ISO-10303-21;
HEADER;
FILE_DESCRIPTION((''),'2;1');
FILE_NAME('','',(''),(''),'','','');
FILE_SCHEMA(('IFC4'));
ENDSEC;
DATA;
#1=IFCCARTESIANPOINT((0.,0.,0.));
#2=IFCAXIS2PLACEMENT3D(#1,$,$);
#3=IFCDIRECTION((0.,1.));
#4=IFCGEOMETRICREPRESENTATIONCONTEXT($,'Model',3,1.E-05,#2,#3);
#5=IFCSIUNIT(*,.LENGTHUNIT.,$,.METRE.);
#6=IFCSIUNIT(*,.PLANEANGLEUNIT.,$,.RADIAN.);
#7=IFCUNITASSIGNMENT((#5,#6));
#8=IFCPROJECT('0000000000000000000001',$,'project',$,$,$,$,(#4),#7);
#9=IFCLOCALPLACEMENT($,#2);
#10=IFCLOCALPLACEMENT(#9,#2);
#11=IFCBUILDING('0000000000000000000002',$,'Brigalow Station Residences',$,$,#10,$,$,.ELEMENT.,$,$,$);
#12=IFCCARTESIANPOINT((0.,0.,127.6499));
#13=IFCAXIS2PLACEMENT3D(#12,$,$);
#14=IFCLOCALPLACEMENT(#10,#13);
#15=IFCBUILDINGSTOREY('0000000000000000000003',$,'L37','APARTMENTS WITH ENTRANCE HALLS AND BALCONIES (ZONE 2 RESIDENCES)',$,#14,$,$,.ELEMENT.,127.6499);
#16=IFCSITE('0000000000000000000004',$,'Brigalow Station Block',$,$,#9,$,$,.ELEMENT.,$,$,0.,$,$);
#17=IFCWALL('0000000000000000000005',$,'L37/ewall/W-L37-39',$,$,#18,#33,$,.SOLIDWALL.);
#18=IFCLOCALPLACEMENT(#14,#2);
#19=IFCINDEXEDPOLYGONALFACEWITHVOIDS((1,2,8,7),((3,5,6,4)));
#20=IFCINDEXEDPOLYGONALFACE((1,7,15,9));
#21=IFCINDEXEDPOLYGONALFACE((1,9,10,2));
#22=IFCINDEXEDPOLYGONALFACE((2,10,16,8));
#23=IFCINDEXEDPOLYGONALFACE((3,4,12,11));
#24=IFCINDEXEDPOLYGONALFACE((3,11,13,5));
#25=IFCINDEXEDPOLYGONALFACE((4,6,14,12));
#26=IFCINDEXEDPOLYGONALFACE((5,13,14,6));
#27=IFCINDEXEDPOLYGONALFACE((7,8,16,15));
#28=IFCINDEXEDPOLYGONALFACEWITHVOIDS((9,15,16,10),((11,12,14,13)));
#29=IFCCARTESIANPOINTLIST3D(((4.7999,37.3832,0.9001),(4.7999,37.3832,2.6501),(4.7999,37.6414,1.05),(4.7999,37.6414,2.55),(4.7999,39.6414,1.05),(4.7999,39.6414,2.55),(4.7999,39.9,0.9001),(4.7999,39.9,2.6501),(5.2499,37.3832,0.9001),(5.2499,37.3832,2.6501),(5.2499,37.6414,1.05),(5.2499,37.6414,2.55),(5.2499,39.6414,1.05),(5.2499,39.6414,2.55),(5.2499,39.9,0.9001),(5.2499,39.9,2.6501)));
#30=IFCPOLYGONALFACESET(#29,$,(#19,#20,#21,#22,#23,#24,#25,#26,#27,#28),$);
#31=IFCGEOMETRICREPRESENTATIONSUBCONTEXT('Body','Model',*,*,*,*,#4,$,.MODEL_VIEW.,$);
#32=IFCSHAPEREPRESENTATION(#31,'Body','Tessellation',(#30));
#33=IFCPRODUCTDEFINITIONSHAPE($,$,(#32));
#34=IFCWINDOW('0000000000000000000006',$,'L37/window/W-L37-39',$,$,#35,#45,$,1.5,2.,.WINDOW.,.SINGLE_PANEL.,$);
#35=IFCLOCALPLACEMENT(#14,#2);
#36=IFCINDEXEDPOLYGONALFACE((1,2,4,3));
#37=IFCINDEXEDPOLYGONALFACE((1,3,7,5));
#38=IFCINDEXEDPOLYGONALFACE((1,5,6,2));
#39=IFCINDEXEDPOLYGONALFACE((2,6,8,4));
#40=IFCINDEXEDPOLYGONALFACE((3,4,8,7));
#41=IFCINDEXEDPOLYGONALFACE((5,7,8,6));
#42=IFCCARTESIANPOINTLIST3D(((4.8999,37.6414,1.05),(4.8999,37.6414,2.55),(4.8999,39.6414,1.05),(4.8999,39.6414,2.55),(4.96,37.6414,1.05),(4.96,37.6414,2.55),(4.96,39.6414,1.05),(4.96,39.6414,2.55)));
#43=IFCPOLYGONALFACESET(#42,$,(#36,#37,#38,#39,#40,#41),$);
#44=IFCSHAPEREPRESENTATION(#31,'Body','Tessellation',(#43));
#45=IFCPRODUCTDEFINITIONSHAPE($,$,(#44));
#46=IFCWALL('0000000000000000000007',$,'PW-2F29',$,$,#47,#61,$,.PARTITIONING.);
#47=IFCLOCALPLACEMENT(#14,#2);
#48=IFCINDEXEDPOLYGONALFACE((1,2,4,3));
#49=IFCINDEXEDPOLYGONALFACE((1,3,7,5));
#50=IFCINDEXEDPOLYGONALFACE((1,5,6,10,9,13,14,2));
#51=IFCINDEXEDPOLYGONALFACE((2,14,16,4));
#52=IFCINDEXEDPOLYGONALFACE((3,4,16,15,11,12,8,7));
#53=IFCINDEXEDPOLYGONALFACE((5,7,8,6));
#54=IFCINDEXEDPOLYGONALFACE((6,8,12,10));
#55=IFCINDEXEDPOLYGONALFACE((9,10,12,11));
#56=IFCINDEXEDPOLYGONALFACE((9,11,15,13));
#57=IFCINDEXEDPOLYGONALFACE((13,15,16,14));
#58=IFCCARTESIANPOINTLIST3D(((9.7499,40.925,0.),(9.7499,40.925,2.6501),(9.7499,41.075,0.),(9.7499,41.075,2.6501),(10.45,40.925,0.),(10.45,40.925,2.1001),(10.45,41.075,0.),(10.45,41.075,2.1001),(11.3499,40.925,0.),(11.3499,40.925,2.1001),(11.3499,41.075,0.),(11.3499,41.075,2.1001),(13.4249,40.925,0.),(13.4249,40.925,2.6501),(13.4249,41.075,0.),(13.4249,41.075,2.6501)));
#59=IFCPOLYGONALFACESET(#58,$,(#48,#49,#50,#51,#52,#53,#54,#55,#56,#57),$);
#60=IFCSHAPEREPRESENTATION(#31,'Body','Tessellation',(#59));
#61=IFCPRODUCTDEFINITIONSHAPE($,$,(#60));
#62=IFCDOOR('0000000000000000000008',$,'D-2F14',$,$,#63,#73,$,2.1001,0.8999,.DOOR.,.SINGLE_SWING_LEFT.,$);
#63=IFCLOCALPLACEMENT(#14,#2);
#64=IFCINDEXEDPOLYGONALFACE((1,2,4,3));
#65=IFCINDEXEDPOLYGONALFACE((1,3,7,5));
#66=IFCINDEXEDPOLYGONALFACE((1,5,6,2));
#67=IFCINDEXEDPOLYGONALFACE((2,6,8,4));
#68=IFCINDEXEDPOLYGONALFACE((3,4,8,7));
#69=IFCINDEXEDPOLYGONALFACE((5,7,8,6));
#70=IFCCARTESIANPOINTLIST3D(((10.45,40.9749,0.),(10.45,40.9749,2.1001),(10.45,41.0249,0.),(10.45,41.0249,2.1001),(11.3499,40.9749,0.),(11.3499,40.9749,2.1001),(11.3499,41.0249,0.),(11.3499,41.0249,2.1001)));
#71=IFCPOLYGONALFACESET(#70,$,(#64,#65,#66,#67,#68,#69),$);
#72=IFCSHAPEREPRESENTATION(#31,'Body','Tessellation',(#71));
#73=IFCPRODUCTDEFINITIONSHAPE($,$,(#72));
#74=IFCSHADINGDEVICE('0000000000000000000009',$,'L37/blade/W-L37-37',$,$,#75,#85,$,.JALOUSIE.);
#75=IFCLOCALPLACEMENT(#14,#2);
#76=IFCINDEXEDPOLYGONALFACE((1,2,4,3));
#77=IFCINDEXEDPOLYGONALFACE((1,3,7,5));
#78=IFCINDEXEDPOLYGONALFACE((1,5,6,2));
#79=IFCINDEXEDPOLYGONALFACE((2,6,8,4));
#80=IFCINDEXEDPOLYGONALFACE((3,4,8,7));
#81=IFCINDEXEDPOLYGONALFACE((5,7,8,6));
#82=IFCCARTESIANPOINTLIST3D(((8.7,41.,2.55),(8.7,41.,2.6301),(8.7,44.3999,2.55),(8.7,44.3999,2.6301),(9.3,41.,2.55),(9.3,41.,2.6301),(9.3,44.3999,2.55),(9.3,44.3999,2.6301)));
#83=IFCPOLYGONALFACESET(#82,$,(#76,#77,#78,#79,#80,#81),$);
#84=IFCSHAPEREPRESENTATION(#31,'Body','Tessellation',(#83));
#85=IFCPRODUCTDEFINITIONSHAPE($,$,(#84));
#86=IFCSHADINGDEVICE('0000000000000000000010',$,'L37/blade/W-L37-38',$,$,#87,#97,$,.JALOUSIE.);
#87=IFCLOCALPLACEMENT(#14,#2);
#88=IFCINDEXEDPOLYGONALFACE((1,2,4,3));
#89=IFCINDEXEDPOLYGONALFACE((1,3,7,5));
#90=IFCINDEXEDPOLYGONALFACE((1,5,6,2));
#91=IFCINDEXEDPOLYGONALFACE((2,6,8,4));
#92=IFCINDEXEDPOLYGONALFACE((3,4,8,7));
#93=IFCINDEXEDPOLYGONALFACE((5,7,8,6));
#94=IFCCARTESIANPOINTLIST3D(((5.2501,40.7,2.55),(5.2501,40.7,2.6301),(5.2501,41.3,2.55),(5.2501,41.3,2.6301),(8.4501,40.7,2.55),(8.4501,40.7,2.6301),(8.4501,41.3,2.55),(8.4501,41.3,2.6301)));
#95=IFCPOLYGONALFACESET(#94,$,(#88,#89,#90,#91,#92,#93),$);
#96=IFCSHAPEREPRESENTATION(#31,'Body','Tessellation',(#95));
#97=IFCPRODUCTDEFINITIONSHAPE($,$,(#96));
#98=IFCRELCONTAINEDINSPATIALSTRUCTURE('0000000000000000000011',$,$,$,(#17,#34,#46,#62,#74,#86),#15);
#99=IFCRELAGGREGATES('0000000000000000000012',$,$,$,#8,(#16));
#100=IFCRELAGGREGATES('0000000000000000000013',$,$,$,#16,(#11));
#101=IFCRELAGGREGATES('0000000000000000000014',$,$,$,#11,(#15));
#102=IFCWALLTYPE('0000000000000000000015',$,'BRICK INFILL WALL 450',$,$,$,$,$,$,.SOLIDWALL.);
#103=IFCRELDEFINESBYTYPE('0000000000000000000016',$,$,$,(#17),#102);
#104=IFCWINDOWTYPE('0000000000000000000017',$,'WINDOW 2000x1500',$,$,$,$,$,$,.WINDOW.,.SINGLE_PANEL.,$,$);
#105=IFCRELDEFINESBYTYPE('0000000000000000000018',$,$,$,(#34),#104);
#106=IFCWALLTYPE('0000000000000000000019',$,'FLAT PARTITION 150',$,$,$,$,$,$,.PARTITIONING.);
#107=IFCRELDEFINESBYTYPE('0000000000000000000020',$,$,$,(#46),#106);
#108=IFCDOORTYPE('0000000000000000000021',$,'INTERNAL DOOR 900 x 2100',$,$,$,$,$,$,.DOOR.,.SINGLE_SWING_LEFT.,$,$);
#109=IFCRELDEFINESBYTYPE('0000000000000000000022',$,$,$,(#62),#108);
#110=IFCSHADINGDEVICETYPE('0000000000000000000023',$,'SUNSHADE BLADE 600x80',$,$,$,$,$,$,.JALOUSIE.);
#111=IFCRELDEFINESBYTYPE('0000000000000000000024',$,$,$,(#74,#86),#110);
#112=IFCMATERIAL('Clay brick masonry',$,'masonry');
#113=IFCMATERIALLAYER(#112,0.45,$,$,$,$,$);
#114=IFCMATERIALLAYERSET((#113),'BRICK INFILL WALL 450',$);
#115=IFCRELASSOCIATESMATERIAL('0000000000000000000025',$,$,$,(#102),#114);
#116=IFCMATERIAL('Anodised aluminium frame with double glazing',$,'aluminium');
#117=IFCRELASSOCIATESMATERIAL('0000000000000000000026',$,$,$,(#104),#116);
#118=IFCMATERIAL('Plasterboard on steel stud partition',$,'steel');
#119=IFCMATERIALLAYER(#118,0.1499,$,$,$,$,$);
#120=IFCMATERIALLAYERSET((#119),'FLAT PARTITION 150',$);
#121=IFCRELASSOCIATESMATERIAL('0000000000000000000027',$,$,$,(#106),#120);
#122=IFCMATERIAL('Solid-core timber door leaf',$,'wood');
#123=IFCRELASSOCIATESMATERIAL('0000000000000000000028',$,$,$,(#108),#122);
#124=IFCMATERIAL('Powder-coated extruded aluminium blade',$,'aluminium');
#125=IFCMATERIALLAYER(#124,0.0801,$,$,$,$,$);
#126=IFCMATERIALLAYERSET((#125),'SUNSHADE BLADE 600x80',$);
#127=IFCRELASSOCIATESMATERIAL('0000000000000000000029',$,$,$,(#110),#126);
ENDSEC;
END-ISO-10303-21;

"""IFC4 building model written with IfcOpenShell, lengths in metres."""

from ifc_helpers import new_model, si_unit, direction, frame, frame_2d, origin, origin_2d, place, context, subcontext, project, spatial, rectangle, extrude, material, layer, layer_set, type_object, element, fill, save


model = new_model("IFC4")

# Units and contexts
model_context = context("Model", 3, precision=1e-05, world=origin(), true_north=direction((0.0, 1.0)))
body_context = subcontext(model_context, "Body", "Model", "MODEL_VIEW")
ifc_project = project(units=[si_unit("LENGTHUNIT", "METRE"), si_unit("PLANEANGLEUNIT", "RADIAN")], contexts=[model_context])

# Site, building, storey
site_placement = place(None, origin())
site = spatial("IfcSite", under=ifc_project, at=site_placement, Name="Brigalow Station Block", CompositionType="ELEMENT", RefElevation=0.0)
building_placement = place(site_placement, origin())
building = spatial("IfcBuilding", under=site, at=building_placement, Name="Brigalow Station Residences", CompositionType="ELEMENT")
storey_placement = place(building_placement, frame((0.0, 0.0, 127.6499)))
storey = spatial("IfcBuildingStorey", under=building, at=storey_placement, Name="L37", Description="APARTMENTS WITH ENTRANCE HALLS AND BALCONIES (ZONE 2 RESIDENCES)", CompositionType="ELEMENT", Elevation=127.6499)

# Shared definitions
ifc_material_1 = material(Name="Clay brick masonry", Category="masonry")
ifc_layer_1 = layer(ifc_material_1, 0.45)
ifc_layer_set_1 = layer_set([ifc_layer_1], Name="BRICK INFILL WALL 450")
wall_type_1 = type_object("IfcWallType", Name="BRICK INFILL WALL 450", PredefinedType="SOLIDWALL", material=ifc_layer_set_1)

# Wall, opening, window
wall_1_placement = place(storey_placement, frame((5.0249, 39.8999, 0.9001), z_axis=(0.0, 0.0, 1.0), x_axis=(0.0, -1.0, 0.0)))
wall_1 = element("IfcWall", 1, at=wall_1_placement, inside=storey, type_object=wall_type_1, Name="L37/ewall/W-L37-39", PredefinedType="SOLIDWALL", context=body_context, shape_type="SweptSolid", body=[
    extrude(rectangle(XDim=2.5168, YDim=0.45, at=frame_2d((1.2583, 0.0))), origin(), (0.0, 0.0, 1.0), 1.75),
])
opening_1_placement = place(wall_1_placement, frame((0.2585, 0.0, 0.1499)))
opening_1 = element("IfcOpeningElement", 2, at=opening_1_placement, cuts=wall_1, PredefinedType="OPENING", context=body_context, shape_type="SweptSolid", body=[
    extrude(rectangle(XDim=2.0, YDim=1.5, at=frame_2d((1.0, 0.75))), frame((0.0, 0.2349, 0.0), z_axis=(0.0, -1.0, 0.0), x_axis=(1.0, 0.0, 0.0)), (0.0, 0.0, 1.0), 0.47),
])
ifc_material_2 = material(Name="Anodised aluminium frame with double glazing", Category="aluminium")
window_type_1 = type_object("IfcWindowType", Name="WINDOW 2000x1500", PartitioningType="SINGLE_PANEL", PredefinedType="WINDOW", material=ifc_material_2)
window_1_placement = place(opening_1_placement, origin())
window_1 = element("IfcWindow", 3, at=window_1_placement, inside=storey, type_object=window_type_1, Name="L37/window/W-L37-39", OverallHeight=1.5, OverallWidth=2.0, PartitioningType="SINGLE_PANEL", PredefinedType="WINDOW", context=body_context, shape_type="SweptSolid", body=[
    extrude(rectangle(XDim=2.0, YDim=1.5, at=frame_2d((1.0, 0.75))), frame((0.0, -0.0649, 0.0), z_axis=(0.0, -1.0, 0.0), x_axis=(1.0, 0.0, 0.0)), (0.0, 0.0, 1.0), 0.0601),
])
fill(opening_1, window_1)

# Wall, opening, door
ifc_material_3 = material(Name="Plasterboard on steel stud partition", Category="steel")
ifc_layer_2 = layer(ifc_material_3, 0.1499)
ifc_layer_set_2 = layer_set([ifc_layer_2], Name="FLAT PARTITION 150")
wall_type_2 = type_object("IfcWallType", Name="FLAT PARTITION 150", PredefinedType="PARTITIONING", material=ifc_layer_set_2)
wall_2_placement = place(storey_placement, frame((9.75, 41.0, 0.0), z_axis=(0.0, 0.0, 1.0), x_axis=(1.0, 0.0, 0.0)))
wall_2 = element("IfcWall", 4, at=wall_2_placement, inside=storey, type_object=wall_type_2, Name="PW-2F29", PredefinedType="PARTITIONING", context=body_context, shape_type="SweptSolid", body=[
    extrude(rectangle(XDim=3.675, YDim=0.1499, at=frame_2d((1.8374, 0.0))), origin(), (0.0, 0.0, 1.0), 2.6501),
])
opening_2_placement = place(wall_2_placement, frame((0.7, 0.0, 0.0)))
opening_2 = element("IfcOpeningElement", 5, at=opening_2_placement, cuts=wall_2, PredefinedType="OPENING", context=body_context, shape_type="SweptSolid", body=[
    extrude(rectangle(XDim=0.8999, YDim=2.1001, at=frame_2d((0.45, 1.05))), frame((0.0, 0.085, 0.0), z_axis=(0.0, -1.0, 0.0), x_axis=(1.0, 0.0, 0.0)), (0.0, 0.0, 1.0), 0.1699),
])
ifc_material_4 = material(Name="Solid-core timber door leaf", Category="wood")
door_type_1 = type_object("IfcDoorType", Name="INTERNAL DOOR 900 x 2100", OperationType="SINGLE_SWING_LEFT", PredefinedType="DOOR", material=ifc_material_4)
door_1_placement = place(opening_2_placement, origin())
door_1 = element("IfcDoor", 6, at=door_1_placement, inside=storey, type_object=door_type_1, Name="D-2F14", OperationType="SINGLE_SWING_LEFT", OverallHeight=2.1001, OverallWidth=0.8999, PredefinedType="DOOR", context=body_context, shape_type="SweptSolid", body=[
    extrude(rectangle(XDim=0.8999, YDim=2.1001, at=frame_2d((0.45, 1.05))), frame((0.0, 0.0249, 0.0), z_axis=(0.0, -1.0, 0.0), x_axis=(1.0, 0.0, 0.0)), (0.0, 0.0, 1.0), 0.05),
])
fill(opening_2, door_1)

# Shading devices
ifc_material_5 = material(Name="Powder-coated extruded aluminium blade", Category="aluminium")
ifc_layer_3 = layer(ifc_material_5, 0.0801)
ifc_layer_set_3 = layer_set([ifc_layer_3], Name="SUNSHADE BLADE 600x80")
shading_device_type = type_object("IfcShadingDeviceType", Name="SUNSHADE BLADE 600x80", PredefinedType="JALOUSIE", material=ifc_layer_set_3)
shading_device_1_placement = place(storey_placement, frame((9.0, 42.7, 2.55), z_axis=(0.0, 0.0, 1.0), x_axis=(0.0, -1.0, 0.0)))
element("IfcShadingDevice", 7, at=shading_device_1_placement, inside=storey, type_object=shading_device_type, Name="L37/blade/W-L37-37", PredefinedType="JALOUSIE", context=body_context, shape_type="SweptSolid", body=[
    extrude(rectangle(XDim=3.3999, YDim=0.6001, at=origin_2d()), origin(), (0.0, 0.0, 1.0), 0.0801),
])
shading_device_2_placement = place(storey_placement, frame((6.8501, 41.0, 2.55), z_axis=(0.0, 0.0, 1.0), x_axis=(-1.0, 0.0, 0.0)))
element("IfcShadingDevice", 8, at=shading_device_2_placement, inside=storey, type_object=shading_device_type, Name="L37/blade/W-L37-38", PredefinedType="JALOUSIE", context=body_context, shape_type="SweptSolid", body=[
    extrude(rectangle(XDim=3.2, YDim=0.6001, at=origin_2d()), origin(), (0.0, 0.0, 1.0), 0.0801),
])

save(model, "model.ifc")
